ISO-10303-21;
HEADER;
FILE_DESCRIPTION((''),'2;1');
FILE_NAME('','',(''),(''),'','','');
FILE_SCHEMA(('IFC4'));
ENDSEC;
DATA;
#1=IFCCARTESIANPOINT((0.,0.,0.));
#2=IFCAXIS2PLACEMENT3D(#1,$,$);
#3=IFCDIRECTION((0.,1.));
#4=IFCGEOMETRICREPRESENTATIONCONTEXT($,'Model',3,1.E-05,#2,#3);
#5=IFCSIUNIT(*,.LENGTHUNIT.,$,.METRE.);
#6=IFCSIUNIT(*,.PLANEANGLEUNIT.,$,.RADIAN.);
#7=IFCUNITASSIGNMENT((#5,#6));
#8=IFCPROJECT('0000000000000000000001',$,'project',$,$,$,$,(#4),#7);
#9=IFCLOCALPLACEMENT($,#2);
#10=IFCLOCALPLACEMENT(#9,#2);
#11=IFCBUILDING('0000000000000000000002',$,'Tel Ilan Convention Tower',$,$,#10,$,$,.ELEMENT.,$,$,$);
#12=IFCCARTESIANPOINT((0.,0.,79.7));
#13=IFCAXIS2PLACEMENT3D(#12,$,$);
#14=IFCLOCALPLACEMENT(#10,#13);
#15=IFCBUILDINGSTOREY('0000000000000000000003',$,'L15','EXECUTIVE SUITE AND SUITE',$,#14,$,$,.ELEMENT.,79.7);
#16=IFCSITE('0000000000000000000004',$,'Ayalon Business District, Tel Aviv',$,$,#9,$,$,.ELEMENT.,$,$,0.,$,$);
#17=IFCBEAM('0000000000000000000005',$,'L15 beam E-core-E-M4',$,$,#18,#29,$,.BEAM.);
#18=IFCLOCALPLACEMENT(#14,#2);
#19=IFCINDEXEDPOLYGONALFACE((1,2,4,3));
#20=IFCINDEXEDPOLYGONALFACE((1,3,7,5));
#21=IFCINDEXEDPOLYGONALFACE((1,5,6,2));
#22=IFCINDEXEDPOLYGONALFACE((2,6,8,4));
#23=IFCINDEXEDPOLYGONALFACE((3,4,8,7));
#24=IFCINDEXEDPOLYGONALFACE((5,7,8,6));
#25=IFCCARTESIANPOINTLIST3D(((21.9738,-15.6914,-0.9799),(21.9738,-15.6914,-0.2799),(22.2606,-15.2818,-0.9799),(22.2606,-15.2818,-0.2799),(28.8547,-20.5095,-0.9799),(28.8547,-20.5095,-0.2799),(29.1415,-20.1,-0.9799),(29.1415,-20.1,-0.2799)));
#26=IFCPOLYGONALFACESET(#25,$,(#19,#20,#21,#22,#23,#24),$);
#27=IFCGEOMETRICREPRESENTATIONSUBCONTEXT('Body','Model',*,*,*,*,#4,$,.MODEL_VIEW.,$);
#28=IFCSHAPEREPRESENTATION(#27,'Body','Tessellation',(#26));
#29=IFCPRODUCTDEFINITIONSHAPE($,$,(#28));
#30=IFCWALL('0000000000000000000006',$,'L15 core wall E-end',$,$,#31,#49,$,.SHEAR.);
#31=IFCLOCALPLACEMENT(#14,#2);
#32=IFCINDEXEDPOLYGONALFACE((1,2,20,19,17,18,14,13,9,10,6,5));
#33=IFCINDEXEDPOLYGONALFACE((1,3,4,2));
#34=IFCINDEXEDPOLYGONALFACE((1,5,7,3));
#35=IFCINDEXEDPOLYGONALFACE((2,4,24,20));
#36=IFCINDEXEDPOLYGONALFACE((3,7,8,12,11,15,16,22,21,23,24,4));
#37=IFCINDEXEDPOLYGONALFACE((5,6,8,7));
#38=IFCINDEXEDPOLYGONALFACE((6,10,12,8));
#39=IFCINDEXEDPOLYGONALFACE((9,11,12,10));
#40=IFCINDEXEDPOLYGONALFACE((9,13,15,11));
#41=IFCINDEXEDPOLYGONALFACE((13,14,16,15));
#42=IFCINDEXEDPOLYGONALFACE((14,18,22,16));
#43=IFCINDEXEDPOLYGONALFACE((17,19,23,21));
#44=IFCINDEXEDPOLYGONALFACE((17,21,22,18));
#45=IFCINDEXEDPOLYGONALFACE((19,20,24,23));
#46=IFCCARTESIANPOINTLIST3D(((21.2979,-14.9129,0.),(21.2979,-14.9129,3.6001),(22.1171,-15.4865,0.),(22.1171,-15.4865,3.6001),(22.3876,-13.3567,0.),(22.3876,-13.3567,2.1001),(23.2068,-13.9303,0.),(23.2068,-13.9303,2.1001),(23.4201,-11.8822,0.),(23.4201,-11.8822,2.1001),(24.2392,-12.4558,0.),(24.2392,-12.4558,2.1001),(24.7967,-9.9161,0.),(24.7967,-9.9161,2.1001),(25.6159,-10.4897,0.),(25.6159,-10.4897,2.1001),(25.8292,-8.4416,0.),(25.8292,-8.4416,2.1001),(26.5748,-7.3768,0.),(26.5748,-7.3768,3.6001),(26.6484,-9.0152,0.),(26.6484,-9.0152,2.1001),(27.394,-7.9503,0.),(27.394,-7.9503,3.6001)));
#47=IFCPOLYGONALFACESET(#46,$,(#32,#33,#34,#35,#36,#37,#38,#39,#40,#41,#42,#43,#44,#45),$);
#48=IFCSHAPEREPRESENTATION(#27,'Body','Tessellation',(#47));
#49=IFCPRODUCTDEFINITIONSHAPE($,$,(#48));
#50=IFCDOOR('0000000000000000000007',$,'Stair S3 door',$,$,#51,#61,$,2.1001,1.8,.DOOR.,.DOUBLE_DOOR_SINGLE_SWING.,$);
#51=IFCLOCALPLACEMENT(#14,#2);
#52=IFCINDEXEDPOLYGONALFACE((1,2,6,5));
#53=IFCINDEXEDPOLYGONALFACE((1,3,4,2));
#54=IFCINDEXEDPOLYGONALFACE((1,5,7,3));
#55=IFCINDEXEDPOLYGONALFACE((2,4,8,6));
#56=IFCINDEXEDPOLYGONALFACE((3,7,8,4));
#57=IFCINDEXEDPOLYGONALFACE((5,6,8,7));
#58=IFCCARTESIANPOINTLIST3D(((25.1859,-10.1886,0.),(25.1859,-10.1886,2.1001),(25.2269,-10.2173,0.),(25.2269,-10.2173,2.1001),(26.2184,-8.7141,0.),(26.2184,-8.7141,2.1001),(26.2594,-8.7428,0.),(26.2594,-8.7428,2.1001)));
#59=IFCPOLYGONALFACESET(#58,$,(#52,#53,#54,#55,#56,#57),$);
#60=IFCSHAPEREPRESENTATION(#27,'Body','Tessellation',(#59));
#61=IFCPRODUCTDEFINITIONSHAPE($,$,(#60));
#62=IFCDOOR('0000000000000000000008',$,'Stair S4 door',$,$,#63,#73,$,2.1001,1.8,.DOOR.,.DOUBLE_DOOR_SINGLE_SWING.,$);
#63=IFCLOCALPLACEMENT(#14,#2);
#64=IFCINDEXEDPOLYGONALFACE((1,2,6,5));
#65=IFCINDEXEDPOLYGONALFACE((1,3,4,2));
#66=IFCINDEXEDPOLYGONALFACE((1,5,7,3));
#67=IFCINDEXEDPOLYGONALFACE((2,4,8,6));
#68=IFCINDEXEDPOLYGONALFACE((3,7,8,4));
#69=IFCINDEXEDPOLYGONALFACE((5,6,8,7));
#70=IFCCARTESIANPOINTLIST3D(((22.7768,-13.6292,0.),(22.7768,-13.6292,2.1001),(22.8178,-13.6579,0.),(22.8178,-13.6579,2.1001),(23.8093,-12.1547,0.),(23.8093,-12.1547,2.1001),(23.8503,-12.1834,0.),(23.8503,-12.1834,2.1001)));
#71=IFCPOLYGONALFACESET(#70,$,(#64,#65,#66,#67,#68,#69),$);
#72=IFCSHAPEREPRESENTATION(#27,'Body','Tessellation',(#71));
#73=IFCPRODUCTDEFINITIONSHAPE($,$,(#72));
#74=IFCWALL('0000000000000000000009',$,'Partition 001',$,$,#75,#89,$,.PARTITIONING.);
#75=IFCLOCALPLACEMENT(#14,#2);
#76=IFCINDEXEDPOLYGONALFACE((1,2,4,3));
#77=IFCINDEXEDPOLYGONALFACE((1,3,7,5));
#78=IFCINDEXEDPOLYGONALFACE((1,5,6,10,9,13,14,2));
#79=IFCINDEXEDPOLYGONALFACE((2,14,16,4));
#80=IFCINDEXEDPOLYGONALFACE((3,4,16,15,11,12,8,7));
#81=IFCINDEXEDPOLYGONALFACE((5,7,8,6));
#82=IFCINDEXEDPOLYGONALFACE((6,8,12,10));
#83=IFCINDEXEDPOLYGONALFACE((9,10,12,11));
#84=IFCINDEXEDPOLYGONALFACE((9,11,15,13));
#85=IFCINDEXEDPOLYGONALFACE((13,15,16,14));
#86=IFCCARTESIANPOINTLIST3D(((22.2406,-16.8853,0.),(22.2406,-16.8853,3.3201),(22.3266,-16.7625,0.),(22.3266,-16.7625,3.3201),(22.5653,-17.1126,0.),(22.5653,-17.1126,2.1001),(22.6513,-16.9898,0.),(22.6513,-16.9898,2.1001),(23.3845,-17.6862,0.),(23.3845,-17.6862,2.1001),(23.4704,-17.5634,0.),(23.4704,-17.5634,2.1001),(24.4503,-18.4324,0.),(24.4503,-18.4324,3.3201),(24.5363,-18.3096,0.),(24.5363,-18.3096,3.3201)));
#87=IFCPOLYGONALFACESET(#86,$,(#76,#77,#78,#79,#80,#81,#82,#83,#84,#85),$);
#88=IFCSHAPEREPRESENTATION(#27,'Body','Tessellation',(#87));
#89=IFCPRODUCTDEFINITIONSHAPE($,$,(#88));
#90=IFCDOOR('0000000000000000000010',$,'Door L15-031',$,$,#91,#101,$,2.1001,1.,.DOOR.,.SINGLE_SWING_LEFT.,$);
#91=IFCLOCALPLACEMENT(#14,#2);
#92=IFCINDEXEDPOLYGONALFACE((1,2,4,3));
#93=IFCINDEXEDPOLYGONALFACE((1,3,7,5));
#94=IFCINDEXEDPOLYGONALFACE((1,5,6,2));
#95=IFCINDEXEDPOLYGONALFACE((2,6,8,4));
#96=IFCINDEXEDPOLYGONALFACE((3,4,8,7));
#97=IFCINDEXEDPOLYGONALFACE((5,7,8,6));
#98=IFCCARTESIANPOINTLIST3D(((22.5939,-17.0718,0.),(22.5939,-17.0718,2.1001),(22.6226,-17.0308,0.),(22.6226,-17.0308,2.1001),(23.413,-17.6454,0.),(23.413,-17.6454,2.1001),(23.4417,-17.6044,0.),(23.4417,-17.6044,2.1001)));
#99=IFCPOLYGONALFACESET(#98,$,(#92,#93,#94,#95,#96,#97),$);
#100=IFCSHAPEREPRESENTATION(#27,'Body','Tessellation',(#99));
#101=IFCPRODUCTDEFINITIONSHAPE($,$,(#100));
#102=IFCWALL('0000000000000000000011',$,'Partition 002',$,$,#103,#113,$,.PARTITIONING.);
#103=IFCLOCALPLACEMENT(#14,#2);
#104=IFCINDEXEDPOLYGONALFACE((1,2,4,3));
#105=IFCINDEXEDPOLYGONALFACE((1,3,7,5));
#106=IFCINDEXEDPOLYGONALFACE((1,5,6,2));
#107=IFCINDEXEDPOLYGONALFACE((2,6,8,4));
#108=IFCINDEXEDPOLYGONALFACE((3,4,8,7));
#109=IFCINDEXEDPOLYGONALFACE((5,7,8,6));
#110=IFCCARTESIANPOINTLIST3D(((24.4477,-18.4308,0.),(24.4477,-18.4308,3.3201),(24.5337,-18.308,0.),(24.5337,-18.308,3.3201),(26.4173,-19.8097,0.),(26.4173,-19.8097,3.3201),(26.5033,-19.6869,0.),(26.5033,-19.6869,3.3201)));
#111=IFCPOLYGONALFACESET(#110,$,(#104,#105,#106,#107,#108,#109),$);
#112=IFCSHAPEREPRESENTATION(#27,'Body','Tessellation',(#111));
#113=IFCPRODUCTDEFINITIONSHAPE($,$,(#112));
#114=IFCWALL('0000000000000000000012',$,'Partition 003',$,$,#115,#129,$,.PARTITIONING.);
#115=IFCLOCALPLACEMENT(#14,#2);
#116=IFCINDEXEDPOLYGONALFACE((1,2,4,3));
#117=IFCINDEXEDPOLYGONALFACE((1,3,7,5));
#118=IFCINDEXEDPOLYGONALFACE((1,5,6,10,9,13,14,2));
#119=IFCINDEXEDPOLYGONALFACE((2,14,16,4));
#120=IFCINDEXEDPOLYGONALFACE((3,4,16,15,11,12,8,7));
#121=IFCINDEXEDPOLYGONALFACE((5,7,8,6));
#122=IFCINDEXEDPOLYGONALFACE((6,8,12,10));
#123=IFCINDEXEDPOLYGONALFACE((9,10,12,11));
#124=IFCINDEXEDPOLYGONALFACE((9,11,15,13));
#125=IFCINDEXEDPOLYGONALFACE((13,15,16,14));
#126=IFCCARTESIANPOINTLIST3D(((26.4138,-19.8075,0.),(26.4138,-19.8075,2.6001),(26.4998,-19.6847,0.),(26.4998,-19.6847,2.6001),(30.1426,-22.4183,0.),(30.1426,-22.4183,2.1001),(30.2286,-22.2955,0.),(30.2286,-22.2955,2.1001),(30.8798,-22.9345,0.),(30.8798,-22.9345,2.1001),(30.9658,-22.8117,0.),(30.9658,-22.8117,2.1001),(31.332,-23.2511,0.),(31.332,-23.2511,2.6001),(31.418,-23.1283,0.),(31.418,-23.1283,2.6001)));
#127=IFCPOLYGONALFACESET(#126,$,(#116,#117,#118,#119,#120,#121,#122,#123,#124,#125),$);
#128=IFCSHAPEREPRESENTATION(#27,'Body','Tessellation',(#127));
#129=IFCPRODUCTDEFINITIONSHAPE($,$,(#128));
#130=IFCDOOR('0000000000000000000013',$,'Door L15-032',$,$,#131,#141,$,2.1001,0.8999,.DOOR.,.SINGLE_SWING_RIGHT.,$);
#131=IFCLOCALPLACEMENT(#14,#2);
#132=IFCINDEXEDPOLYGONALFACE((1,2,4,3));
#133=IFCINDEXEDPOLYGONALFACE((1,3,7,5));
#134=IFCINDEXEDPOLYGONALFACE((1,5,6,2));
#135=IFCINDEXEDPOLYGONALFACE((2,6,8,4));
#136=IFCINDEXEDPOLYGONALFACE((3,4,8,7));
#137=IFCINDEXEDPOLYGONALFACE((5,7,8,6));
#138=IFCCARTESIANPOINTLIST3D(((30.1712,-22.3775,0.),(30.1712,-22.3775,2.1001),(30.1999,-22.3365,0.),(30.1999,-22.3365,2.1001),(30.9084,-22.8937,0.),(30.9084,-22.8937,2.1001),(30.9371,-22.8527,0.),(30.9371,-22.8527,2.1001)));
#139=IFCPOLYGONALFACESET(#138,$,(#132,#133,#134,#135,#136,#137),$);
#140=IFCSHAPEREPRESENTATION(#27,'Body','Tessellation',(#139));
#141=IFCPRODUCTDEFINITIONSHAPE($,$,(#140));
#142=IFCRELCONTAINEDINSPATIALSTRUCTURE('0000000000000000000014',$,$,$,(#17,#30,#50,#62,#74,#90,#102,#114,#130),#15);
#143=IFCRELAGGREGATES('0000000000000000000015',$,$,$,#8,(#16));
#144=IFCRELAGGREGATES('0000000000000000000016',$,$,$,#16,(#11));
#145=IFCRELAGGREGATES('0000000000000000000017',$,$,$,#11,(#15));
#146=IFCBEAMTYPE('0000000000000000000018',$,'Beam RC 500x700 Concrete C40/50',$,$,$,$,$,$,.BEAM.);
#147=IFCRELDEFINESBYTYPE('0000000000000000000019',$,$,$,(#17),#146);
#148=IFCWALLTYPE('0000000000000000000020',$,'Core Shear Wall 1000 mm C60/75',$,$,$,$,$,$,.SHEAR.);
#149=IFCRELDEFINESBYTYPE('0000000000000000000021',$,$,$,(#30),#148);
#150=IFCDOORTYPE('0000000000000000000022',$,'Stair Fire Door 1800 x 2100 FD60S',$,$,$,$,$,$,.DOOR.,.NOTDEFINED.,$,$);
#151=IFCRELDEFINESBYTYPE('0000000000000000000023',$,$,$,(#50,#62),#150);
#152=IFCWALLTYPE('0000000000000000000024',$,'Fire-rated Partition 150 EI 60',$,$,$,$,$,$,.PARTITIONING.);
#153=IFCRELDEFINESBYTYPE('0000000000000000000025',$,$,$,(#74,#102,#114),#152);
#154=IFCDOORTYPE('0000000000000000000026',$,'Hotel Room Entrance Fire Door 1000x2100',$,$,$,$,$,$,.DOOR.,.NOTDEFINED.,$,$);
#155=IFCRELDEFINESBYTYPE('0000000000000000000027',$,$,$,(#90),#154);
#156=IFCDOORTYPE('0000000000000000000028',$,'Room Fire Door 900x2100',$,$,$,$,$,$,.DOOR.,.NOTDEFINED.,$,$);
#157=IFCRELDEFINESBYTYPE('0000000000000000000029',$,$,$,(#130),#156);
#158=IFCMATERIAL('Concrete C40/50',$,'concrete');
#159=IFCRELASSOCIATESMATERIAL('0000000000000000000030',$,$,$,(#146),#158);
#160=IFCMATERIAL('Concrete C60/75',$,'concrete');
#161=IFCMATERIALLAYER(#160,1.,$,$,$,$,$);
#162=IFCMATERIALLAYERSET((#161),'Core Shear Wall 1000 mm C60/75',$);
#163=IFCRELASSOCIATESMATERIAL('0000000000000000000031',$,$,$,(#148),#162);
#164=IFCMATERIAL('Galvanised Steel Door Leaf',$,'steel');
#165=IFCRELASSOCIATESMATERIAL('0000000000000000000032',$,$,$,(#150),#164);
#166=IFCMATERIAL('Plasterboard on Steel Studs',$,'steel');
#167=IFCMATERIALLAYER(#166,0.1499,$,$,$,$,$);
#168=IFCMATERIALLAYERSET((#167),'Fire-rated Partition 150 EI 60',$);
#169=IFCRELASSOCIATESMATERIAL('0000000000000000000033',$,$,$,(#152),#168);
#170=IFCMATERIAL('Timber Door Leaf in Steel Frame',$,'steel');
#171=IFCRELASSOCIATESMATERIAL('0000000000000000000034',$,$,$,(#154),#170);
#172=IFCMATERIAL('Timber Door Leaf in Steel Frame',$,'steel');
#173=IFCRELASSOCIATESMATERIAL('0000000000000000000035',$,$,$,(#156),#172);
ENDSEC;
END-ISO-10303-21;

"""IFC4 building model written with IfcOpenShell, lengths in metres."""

from ifc_helpers import new_model, si_unit, direction, frame, frame_2d, origin, origin_2d, place, context, subcontext, project, spatial, polyline, rectangle, outline, extrude, material, layer, layer_set, material_profile, profile_set, type_object, element, fill, save


model = new_model("IFC4")

# Units and contexts
model_context = context("Model", 3, precision=1e-05, world=origin(), true_north=direction((0.0, 1.0)))
body_context = subcontext(model_context, "Body", "Model", "MODEL_VIEW")
ifc_project = project(units=[si_unit("LENGTHUNIT", "METRE"), si_unit("PLANEANGLEUNIT", "RADIAN")], contexts=[model_context])

# Site, building, storey
site_placement = place(None, origin())
site = spatial("IfcSite", under=ifc_project, at=site_placement, Name="Ayalon Business District, Tel Aviv", CompositionType="ELEMENT", RefElevation=0.0)
building_placement = place(site_placement, origin())
building = spatial("IfcBuilding", under=site, at=building_placement, Name="Tel Ilan Convention Tower", CompositionType="ELEMENT")
storey_placement = place(building_placement, frame((0.0, 0.0, 79.7)))
storey = spatial("IfcBuildingStorey", under=building, at=storey_placement, Name="L15", Description="EXECUTIVE SUITE AND SUITE", CompositionType="ELEMENT", Elevation=79.7)

# Beam
ifc_material_1 = material(Name="Concrete C40/50", Category="concrete")
ifc_material_profile = material_profile(ifc_material_1, rectangle(XDim=0.5, YDim=0.7, at=origin_2d()), Name="RC 500x700")
ifc_profile_set = profile_set([ifc_material_profile], Name="Concrete C40/50")
beam_type = type_object("IfcBeamType", Name="Beam RC 500x700 Concrete C40/50", PredefinedType="BEAM", material=ifc_profile_set)
beam_placement = place(storey_placement, frame((22.1172, -15.4866, -0.6299), z_axis=(0.819147, -0.573583, 0.0), x_axis=(0.573583, 0.819147, 0.0)))
element("IfcBeam", 1, at=beam_placement, inside=storey, type_object=beam_type, Name="L15 beam E-core-E-M4", PredefinedType="BEAM", context=body_context, shape_type="SweptSolid", body=[
    extrude(rectangle(XDim=0.5, YDim=0.7, at=origin_2d()), origin(), (0.0, 0.0, 1.0), 8.4001),
])

# Wall, openings, doors
ifc_material_2 = material(Name="Concrete C60/75", Category="concrete")
ifc_layer_1 = layer(ifc_material_2, 1.0)
ifc_layer_set_1 = layer_set([ifc_layer_1], Name="Core Shear Wall 1000 mm C60/75")
wall_type_1 = type_object("IfcWallType", Name="Core Shear Wall 1000 mm C60/75", PredefinedType="SHEAR", material=ifc_layer_set_1)
wall_1_placement = place(storey_placement, frame((21.7075, -15.1997, 0.0), z_axis=(0.0, 0.0, 1.0), x_axis=(0.573576, 0.819152, 0.0)))
wall_1 = element("IfcWall", 2, at=wall_1_placement, inside=storey, type_object=wall_type_1, Name="L15 core wall E-end", PredefinedType="SHEAR", context=body_context, shape_type="SweptSolid", body=[
    extrude(outline(polyline([(9.2, 0.5), (0.0, 0.5), (0.0, -0.5), (9.2, -0.5), (9.2, 0.5)])), origin(), (0.0, 0.0, 1.0), 3.6001),
])
opening_1_placement = place(wall_1_placement, frame((6.1001, 0.0, 0.0)))
opening_1 = element("IfcOpeningElement", 3, at=opening_1_placement, cuts=wall_1, PredefinedType="OPENING", context=body_context, shape_type="SweptSolid", body=[
    extrude(rectangle(XDim=1.8, YDim=2.1001, at=frame_2d((0.8999, 1.05))), frame((0.0, 0.51, 0.0), z_axis=(0.0, -1.0, 0.0), x_axis=(1.0, 0.0, 0.0)), (0.0, 0.0, 1.0), 1.02),
])
opening_2_placement = place(wall_1_placement, frame((1.8999, 0.0, 0.0)))
opening_2 = element("IfcOpeningElement", 4, at=opening_2_placement, cuts=wall_1, PredefinedType="OPENING", context=body_context, shape_type="SweptSolid", body=[
    extrude(rectangle(XDim=1.8, YDim=2.1001, at=frame_2d((0.8999, 1.05))), frame((0.0, 0.51, 0.0), z_axis=(0.0, -1.0, 0.0), x_axis=(1.0, 0.0, 0.0)), (0.0, 0.0, 1.0), 1.02),
])
ifc_material_3 = material(Name="Galvanised Steel Door Leaf", Category="steel")
door_type_1 = type_object("IfcDoorType", Name="Stair Fire Door 1800 x 2100 FD60S", OperationType="NOTDEFINED", PredefinedType="DOOR", material=ifc_material_3)
door_1_placement = place(opening_1_placement, origin())
door_1 = element("IfcDoor", 5, at=door_1_placement, inside=storey, type_object=door_type_1, Name="Stair S3 door", OperationType="DOUBLE_DOOR_SINGLE_SWING", OverallHeight=2.1001, OverallWidth=1.8, PredefinedType="DOOR", context=body_context, shape_type="SweptSolid", body=[
    extrude(rectangle(XDim=1.8, YDim=2.1001, at=frame_2d((0.8999, 1.05))), frame((0.0, 0.0249, 0.0), z_axis=(0.0, -1.0, 0.0), x_axis=(1.0, 0.0, 0.0)), (0.0, 0.0, 1.0), 0.05),
])
fill(opening_1, door_1)
door_2_placement = place(opening_2_placement, origin())
door_2 = element("IfcDoor", 6, at=door_2_placement, inside=storey, type_object=door_type_1, Name="Stair S4 door", OperationType="DOUBLE_DOOR_SINGLE_SWING", OverallHeight=2.1001, OverallWidth=1.8, PredefinedType="DOOR", context=body_context, shape_type="SweptSolid", body=[
    extrude(rectangle(XDim=1.8, YDim=2.1001, at=frame_2d((0.8999, 1.05))), frame((0.0, 0.0249, 0.0), z_axis=(0.0, -1.0, 0.0), x_axis=(1.0, 0.0, 0.0)), (0.0, 0.0, 1.0), 0.05),
])
fill(opening_2, door_2)

# Wall, opening, door
ifc_material_4 = material(Name="Plasterboard on Steel Studs", Category="steel")
ifc_layer_2 = layer(ifc_material_4, 0.1499)
ifc_layer_set_2 = layer_set([ifc_layer_2], Name="Fire-rated Partition 150 EI 60")
wall_type_2 = type_object("IfcWallType", Name="Fire-rated Partition 150 EI 60", PredefinedType="PARTITIONING", material=ifc_layer_set_2)
wall_2_placement = place(storey_placement, frame((22.2837, -16.824, 0.0), z_axis=(0.0, 0.0, 1.0), x_axis=(0.819177, -0.573541, 0.0)))
wall_2 = element("IfcWall", 7, at=wall_2_placement, inside=storey, type_object=wall_type_2, Name="Partition 001", PredefinedType="PARTITIONING", context=body_context, shape_type="SweptSolid", body=[
    extrude(rectangle(XDim=2.6975, YDim=0.1499, at=frame_2d((1.3486, 0.0))), origin(), (0.0, 0.0, 1.0), 3.3201),
])
opening_3_placement = place(wall_2_placement, frame((0.3962, 0.0, 0.0)))
opening_3 = element("IfcOpeningElement", 8, at=opening_3_placement, cuts=wall_2, PredefinedType="OPENING", context=body_context, shape_type="SweptSolid", body=[
    extrude(rectangle(XDim=1.0, YDim=2.1001, at=frame_2d((0.5, 1.05))), frame((0.0, 0.085, 0.0), z_axis=(0.0, -1.0, 0.0), x_axis=(1.0, 0.0, 0.0)), (0.0, 0.0, 1.0), 0.1699),
])
ifc_material_5 = material(Name="Timber Door Leaf in Steel Frame", Category="steel")
door_type_2 = type_object("IfcDoorType", Name="Hotel Room Entrance Fire Door 1000x2100", OperationType="NOTDEFINED", PredefinedType="DOOR", material=ifc_material_5)
door_3_placement = place(opening_3_placement, origin())
door_3 = element("IfcDoor", 9, at=door_3_placement, inside=storey, type_object=door_type_2, Name="Door L15-031", OperationType="SINGLE_SWING_LEFT", OverallHeight=2.1001, OverallWidth=1.0, PredefinedType="DOOR", context=body_context, shape_type="SweptSolid", body=[
    extrude(rectangle(XDim=1.0, YDim=2.1001, at=frame_2d((0.5, 1.05))), frame((0.0, 0.0249, 0.0), z_axis=(0.0, -1.0, 0.0), x_axis=(1.0, 0.0, 0.0)), (0.0, 0.0, 1.0), 0.05),
])
fill(opening_3, door_3)

# Wall
wall_3_placement = place(storey_placement, frame((24.4907, -18.3694, 0.0), z_axis=(0.0, 0.0, 1.0), x_axis=(0.819179, -0.573537, 0.0)))
element("IfcWall", 10, at=wall_3_placement, inside=storey, type_object=wall_type_2, Name="Partition 002", PredefinedType="PARTITIONING", context=body_context, shape_type="SweptSolid", body=[
    extrude(rectangle(XDim=2.4043, YDim=0.1499, at=frame_2d((1.2021, 0.0))), origin(), (0.0, 0.0, 1.0), 3.3201),
])

# Wall, opening, door
wall_4_placement = place(storey_placement, frame((26.4568, -19.7461, 0.0), z_axis=(0.0, 0.0, 1.0), x_axis=(0.819165, -0.573558, 0.0)))
wall_4 = element("IfcWall", 11, at=wall_4_placement, inside=storey, type_object=wall_type_2, Name="Partition 003", PredefinedType="PARTITIONING", context=body_context, shape_type="SweptSolid", body=[
    extrude(rectangle(XDim=6.0039, YDim=0.1499, at=frame_2d((3.002, 0.0))), origin(), (0.0, 0.0, 1.0), 2.6001),
])
opening_4_placement = place(wall_4_placement, frame((4.552, 0.0, 0.0)))
opening_4 = element("IfcOpeningElement", 12, at=opening_4_placement, cuts=wall_4, PredefinedType="OPENING", context=body_context, shape_type="SweptSolid", body=[
    extrude(rectangle(XDim=0.8999, YDim=2.1001, at=frame_2d((0.45, 1.05))), frame((0.0, 0.085, 0.0), z_axis=(0.0, -1.0, 0.0), x_axis=(1.0, 0.0, 0.0)), (0.0, 0.0, 1.0), 0.1699),
])
ifc_material_6 = material(Name="Timber Door Leaf in Steel Frame", Category="steel")
door_type_3 = type_object("IfcDoorType", Name="Room Fire Door 900x2100", OperationType="NOTDEFINED", PredefinedType="DOOR", material=ifc_material_6)
door_4_placement = place(opening_4_placement, origin())
door_4 = element("IfcDoor", 13, at=door_4_placement, inside=storey, type_object=door_type_3, Name="Door L15-032", OperationType="SINGLE_SWING_RIGHT", OverallHeight=2.1001, OverallWidth=0.8999, PredefinedType="DOOR", context=body_context, shape_type="SweptSolid", body=[
    extrude(rectangle(XDim=0.8999, YDim=2.1001, at=frame_2d((0.45, 1.05))), frame((0.0, 0.0249, 0.0), z_axis=(0.0, -1.0, 0.0), x_axis=(1.0, 0.0, 0.0)), (0.0, 0.0, 1.0), 0.05),
])
fill(opening_4, door_4)

save(model, "model.ifc")
